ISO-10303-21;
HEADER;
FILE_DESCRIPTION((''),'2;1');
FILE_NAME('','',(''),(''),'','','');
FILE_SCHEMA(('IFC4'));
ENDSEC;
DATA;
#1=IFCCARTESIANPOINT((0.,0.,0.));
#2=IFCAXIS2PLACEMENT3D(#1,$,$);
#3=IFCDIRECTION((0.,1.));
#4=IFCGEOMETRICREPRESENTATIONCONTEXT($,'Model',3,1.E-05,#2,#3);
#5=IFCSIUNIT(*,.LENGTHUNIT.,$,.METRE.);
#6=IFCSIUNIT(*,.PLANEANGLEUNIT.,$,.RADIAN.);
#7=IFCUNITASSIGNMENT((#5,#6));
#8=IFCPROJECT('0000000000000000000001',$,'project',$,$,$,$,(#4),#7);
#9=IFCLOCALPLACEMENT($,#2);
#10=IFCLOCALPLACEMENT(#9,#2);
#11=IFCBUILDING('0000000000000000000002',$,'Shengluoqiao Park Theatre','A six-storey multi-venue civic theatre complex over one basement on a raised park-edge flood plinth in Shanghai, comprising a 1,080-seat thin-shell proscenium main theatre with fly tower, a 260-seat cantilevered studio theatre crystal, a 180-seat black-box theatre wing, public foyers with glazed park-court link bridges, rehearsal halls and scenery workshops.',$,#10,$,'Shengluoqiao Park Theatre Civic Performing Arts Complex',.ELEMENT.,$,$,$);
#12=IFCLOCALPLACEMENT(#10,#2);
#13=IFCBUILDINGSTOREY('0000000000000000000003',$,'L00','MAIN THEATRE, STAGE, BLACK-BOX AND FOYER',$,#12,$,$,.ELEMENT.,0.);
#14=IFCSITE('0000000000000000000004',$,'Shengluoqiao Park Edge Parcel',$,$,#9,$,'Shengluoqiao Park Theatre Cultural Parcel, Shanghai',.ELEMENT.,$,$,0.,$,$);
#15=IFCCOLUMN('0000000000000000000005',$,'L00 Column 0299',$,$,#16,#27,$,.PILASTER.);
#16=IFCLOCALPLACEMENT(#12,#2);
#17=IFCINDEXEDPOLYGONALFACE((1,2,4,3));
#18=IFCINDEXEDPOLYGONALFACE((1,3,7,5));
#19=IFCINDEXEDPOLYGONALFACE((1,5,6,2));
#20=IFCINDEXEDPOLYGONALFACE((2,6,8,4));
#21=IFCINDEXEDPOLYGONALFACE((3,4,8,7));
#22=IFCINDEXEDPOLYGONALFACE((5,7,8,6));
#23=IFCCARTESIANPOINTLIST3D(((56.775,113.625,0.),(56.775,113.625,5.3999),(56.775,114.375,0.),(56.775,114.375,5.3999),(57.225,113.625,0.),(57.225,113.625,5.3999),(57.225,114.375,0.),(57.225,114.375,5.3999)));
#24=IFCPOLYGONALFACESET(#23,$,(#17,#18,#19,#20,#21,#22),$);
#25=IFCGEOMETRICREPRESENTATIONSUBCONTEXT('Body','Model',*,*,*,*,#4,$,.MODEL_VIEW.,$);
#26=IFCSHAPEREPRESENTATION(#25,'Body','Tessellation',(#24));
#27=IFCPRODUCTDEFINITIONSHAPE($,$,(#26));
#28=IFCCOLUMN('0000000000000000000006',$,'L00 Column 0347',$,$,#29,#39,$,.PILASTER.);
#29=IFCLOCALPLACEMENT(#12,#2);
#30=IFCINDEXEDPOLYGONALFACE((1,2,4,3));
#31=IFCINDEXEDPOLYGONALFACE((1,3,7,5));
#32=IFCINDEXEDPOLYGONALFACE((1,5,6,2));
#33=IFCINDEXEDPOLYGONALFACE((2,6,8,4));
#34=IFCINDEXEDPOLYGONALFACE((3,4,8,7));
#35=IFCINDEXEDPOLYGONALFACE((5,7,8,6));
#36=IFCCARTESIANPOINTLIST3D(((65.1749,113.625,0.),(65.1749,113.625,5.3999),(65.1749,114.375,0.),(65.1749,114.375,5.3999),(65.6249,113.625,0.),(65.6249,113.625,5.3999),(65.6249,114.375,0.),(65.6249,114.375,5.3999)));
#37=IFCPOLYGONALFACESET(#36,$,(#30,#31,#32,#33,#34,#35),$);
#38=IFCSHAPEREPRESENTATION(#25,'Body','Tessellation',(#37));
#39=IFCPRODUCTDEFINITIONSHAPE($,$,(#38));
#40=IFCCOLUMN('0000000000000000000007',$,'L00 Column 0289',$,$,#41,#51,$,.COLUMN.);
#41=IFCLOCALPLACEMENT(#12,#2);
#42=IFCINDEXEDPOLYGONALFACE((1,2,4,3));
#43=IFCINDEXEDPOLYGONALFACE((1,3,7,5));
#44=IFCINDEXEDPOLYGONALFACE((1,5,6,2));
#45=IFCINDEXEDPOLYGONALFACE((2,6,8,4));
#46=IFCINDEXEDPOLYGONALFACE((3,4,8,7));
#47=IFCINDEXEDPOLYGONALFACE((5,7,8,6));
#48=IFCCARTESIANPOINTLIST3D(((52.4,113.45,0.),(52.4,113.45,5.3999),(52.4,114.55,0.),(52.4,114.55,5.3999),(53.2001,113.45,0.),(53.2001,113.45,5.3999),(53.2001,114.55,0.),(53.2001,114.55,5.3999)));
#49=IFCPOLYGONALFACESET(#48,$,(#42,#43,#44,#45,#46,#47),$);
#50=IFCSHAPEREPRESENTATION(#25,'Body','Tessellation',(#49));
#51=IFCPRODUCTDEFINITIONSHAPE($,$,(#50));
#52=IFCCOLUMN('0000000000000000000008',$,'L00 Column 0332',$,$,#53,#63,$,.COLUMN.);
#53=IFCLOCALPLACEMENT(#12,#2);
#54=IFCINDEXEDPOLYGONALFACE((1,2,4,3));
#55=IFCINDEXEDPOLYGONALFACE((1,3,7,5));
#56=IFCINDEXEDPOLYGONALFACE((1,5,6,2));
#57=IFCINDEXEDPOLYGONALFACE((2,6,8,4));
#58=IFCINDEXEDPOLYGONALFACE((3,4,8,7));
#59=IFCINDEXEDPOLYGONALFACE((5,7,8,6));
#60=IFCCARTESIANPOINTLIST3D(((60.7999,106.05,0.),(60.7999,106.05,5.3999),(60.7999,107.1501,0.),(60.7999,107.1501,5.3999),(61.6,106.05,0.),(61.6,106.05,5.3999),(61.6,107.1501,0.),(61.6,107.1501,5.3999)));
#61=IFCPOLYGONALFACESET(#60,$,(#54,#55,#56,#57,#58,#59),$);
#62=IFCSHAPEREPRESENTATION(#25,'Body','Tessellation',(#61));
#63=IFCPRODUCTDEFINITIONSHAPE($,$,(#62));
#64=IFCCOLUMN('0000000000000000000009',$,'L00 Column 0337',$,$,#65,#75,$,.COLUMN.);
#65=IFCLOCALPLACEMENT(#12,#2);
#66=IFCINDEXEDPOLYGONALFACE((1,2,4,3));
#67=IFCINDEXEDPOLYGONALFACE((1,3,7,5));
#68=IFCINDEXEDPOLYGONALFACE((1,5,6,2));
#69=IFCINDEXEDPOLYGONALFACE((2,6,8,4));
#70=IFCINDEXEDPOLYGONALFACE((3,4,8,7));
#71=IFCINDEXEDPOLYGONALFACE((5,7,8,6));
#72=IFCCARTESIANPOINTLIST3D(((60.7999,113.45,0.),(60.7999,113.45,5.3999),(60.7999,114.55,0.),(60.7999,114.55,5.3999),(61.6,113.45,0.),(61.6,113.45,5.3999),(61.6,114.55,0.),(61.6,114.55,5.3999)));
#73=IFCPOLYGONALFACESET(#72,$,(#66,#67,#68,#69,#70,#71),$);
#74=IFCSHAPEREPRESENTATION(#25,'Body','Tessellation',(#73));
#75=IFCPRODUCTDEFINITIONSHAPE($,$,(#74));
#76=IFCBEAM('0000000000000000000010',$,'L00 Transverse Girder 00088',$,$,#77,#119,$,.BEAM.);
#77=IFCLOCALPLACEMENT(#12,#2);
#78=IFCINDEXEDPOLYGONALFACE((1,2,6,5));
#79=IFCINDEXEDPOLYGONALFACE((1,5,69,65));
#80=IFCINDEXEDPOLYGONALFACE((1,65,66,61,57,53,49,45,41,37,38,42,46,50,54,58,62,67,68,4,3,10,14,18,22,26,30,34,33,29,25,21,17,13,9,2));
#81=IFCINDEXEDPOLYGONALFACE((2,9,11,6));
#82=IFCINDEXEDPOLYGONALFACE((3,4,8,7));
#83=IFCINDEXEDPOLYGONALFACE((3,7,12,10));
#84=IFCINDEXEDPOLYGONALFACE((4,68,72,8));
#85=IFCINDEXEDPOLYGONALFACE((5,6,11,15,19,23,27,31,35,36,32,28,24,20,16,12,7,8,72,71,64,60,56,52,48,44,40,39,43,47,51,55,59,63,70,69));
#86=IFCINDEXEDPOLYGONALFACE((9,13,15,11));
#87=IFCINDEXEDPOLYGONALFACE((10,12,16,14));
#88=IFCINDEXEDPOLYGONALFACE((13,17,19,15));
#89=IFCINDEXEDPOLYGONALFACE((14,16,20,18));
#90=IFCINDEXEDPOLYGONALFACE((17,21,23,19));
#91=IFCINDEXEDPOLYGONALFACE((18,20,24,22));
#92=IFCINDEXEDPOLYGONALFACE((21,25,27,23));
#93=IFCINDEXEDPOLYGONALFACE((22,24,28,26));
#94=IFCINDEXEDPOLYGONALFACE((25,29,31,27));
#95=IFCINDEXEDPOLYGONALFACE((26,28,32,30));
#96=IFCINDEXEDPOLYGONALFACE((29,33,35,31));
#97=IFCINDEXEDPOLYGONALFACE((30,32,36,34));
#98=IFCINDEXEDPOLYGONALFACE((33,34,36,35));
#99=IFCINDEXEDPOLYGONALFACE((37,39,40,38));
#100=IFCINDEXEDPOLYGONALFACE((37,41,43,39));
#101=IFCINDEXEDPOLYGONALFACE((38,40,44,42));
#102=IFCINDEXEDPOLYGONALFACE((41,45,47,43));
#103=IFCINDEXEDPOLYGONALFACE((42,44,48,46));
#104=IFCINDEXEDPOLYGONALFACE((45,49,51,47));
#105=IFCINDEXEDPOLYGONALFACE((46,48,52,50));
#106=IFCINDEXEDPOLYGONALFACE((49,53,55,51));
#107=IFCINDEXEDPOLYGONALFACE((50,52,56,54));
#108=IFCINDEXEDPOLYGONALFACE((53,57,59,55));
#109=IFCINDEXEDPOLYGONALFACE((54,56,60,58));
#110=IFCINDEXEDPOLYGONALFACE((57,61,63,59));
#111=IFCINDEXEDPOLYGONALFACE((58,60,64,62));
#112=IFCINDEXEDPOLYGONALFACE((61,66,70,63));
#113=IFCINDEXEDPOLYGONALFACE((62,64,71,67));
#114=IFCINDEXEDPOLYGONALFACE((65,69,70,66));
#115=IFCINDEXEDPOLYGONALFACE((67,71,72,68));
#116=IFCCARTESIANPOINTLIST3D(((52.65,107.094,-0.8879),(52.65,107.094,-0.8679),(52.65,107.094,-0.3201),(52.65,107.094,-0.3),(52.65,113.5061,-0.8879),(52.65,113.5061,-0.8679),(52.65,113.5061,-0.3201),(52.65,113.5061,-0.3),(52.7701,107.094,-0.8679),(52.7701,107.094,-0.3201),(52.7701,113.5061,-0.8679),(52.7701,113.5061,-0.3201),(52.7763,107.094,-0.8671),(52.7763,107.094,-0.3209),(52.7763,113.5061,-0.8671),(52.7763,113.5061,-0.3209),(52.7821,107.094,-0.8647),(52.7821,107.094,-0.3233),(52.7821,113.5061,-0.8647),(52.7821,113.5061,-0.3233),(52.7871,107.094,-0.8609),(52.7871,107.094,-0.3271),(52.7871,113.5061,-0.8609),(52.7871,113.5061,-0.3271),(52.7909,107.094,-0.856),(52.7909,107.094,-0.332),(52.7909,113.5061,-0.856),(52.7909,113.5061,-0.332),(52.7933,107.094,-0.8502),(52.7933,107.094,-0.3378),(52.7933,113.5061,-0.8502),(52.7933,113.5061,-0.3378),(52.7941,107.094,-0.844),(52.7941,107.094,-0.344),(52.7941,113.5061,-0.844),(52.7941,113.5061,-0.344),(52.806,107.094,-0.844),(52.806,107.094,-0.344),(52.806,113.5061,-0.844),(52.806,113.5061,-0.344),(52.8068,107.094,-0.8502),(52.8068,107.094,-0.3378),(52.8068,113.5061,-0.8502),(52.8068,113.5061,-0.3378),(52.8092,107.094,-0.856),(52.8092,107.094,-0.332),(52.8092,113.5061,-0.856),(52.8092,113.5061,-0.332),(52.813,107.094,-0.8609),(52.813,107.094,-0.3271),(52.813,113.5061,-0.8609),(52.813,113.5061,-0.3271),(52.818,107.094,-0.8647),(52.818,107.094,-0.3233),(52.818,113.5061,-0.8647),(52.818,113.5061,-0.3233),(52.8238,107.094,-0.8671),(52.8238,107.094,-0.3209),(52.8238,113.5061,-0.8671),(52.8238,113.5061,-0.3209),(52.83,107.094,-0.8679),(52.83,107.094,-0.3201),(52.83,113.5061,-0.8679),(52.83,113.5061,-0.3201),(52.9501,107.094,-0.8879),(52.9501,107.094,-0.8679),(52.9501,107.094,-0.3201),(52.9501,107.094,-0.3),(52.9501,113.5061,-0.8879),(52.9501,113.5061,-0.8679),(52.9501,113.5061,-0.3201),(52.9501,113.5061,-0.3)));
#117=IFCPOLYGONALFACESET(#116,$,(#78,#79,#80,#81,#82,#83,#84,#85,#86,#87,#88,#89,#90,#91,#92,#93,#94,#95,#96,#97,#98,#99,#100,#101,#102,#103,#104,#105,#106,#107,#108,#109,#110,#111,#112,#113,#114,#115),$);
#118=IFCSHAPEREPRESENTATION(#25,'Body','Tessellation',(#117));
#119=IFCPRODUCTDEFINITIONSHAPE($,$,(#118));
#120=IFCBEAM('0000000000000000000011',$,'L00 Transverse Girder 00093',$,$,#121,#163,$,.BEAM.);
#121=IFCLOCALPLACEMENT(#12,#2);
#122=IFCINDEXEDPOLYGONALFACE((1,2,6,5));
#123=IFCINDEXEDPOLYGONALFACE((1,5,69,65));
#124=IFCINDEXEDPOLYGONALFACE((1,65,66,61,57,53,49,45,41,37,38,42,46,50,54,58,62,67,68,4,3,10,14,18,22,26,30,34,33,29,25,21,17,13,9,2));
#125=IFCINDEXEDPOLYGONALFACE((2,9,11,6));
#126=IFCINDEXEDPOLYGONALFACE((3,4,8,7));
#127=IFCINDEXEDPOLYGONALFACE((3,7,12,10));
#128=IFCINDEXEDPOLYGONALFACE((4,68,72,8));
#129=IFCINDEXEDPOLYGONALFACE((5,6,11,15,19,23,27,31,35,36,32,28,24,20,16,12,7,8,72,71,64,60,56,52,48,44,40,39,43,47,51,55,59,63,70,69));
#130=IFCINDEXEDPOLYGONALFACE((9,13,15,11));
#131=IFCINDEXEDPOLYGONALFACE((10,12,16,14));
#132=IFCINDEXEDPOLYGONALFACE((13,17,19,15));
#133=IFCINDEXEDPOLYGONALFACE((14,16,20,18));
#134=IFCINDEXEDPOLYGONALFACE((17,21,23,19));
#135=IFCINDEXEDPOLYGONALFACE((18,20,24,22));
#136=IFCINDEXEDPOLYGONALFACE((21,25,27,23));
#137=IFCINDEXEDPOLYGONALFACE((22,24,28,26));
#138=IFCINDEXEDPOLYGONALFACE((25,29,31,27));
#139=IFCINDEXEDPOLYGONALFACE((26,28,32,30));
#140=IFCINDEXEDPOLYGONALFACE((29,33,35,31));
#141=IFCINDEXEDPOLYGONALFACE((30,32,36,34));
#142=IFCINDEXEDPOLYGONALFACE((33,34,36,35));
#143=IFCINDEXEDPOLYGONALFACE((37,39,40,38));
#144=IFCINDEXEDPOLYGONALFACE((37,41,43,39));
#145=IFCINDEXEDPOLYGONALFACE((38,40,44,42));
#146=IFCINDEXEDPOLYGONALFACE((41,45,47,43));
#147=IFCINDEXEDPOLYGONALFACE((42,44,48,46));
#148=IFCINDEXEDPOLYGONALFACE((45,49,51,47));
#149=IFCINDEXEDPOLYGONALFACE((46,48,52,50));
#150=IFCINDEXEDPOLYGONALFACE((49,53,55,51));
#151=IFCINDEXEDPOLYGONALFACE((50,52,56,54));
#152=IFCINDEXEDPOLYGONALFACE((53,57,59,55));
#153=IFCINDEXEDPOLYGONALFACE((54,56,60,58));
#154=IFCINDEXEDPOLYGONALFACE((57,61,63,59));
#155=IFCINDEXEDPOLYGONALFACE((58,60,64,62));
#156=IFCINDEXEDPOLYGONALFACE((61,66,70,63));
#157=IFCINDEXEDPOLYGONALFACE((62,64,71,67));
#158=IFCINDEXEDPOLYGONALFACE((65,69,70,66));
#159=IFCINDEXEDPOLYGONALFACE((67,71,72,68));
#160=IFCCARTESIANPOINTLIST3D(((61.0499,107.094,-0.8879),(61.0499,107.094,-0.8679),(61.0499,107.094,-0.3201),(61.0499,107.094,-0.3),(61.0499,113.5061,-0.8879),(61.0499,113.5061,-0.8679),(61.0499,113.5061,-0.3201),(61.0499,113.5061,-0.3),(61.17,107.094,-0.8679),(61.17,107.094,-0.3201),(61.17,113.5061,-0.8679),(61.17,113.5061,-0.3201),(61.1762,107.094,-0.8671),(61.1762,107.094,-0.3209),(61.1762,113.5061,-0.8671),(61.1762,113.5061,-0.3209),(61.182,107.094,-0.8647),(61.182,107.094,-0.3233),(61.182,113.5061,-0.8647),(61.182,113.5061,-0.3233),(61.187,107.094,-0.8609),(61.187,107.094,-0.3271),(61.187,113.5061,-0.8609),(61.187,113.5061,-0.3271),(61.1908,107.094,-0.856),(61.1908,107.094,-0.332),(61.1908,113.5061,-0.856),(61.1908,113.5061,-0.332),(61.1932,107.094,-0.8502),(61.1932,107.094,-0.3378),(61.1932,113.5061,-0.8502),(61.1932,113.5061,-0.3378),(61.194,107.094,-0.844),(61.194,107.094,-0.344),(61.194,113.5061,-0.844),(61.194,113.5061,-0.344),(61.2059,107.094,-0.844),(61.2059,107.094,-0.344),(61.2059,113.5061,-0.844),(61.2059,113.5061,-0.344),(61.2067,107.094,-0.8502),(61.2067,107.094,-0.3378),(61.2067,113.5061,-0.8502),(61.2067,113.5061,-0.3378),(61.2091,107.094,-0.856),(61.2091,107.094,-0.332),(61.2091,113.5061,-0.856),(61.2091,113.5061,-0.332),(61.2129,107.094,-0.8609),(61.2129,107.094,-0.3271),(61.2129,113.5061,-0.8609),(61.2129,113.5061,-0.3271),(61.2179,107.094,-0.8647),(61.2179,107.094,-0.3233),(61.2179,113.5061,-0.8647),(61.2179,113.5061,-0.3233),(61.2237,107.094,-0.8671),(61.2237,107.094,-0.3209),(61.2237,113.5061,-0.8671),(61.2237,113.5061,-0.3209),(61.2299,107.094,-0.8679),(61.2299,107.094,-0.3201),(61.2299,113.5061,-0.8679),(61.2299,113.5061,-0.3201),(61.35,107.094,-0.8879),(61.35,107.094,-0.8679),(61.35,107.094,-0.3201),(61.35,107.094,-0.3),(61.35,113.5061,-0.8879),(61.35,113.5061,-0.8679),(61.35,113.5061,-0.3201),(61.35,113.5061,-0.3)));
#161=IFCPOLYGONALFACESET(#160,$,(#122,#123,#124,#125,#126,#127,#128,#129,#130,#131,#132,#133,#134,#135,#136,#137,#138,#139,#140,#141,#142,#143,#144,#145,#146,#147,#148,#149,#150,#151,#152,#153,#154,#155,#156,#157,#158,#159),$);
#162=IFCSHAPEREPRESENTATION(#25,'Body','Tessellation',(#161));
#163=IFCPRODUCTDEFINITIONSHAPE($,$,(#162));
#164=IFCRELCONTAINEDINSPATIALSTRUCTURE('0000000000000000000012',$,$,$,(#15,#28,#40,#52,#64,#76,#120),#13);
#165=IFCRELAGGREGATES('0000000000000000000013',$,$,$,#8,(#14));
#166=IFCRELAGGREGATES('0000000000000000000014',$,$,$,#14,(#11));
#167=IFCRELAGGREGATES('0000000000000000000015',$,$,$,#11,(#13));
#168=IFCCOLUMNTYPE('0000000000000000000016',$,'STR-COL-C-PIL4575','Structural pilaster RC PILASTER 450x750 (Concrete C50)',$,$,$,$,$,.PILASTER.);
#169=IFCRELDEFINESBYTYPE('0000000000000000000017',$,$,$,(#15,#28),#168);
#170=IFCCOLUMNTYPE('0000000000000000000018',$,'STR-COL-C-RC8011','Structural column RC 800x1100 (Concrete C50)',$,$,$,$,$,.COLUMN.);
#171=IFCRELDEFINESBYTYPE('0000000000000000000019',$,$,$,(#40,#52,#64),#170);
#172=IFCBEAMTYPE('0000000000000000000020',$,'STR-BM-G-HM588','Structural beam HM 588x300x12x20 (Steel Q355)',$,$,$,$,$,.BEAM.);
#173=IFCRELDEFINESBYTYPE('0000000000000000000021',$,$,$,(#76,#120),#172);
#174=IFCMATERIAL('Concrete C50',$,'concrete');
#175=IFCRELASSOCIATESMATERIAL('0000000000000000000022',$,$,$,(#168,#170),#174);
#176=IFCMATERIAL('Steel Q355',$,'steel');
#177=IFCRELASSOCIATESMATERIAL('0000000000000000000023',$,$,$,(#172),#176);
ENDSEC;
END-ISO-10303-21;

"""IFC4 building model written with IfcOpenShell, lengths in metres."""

from ifc_helpers import new_model, si_unit, direction, frame, origin, origin_2d, place, context, subcontext, project, spatial, rectangle, i_section, extrude, material, material_profile, profile_set, type_object, element, save


model = new_model("IFC4")

# Units and contexts
model_context = context("Model", 3, precision=1e-05, world=origin(), true_north=direction((0.0, 1.0)))
body_context = subcontext(model_context, "Body", "Model", "MODEL_VIEW")
ifc_project = project(units=[si_unit("LENGTHUNIT", "METRE"), si_unit("PLANEANGLEUNIT", "RADIAN")], contexts=[model_context])

# Site, building, storey
site_placement = place(None, origin())
site = spatial("IfcSite", under=ifc_project, at=site_placement, Name="Shengluoqiao Park Edge Parcel", LongName="Shengluoqiao Park Theatre Cultural Parcel, Shanghai", CompositionType="ELEMENT", RefElevation=0.0)
building_placement = place(site_placement, origin())
building = spatial("IfcBuilding", under=site, at=building_placement, Name="Shengluoqiao Park Theatre", Description="A six-storey multi-venue civic theatre complex over one basement on a raised park-edge flood plinth in Shanghai, comprising a 1,080-seat thin-shell proscenium main theatre with fly tower, a 260-seat cantilevered studio theatre crystal, a 180-seat black-box theatre wing, public foyers with glazed park-court link bridges, rehearsal halls and scenery workshops.", LongName="Shengluoqiao Park Theatre Civic Performing Arts Complex", CompositionType="ELEMENT")
storey_placement = place(building_placement, origin())
storey = spatial("IfcBuildingStorey", under=building, at=storey_placement, Name="L00", Description="MAIN THEATRE, STAGE, BLACK-BOX AND FOYER", CompositionType="ELEMENT", Elevation=0.0)

# Columns
ifc_material_1 = material(Name="Concrete C50", Category="concrete")
ifc_material_profile_1 = material_profile(ifc_material_1, rectangle(XDim=0.45, YDim=0.75, at=origin_2d()), Name="RC PILASTER 450x750")
ifc_profile_set_1 = profile_set([ifc_material_profile_1], Name="Concrete C50")
column_type_1 = type_object("IfcColumnType", Name="STR-COL-C-PIL4575", Description="Structural pilaster RC PILASTER 450x750 (Concrete C50)", PredefinedType="PILASTER", material=ifc_profile_set_1)
for number, where, z_axis, x_axis, name in (
    (1, (57.0, 114.0, 0.0), (0.0, 0.0, 1.0), (1.0, 0.0, 0.0), "L00 Column 0299"),
    (2, (65.3999, 114.0, 0.0), (0.0, 0.0, 1.0), (1.0, 0.0, 0.0), "L00 Column 0347"),
):
    element("IfcColumn", number, at=place(storey_placement, frame(where, z_axis=z_axis, x_axis=x_axis)), inside=storey, type_object=column_type_1, Name=name, PredefinedType="PILASTER", context=body_context, shape_type="SweptSolid", body=[
        extrude(rectangle(XDim=0.45, YDim=0.75, at=origin_2d()), origin(), (0.0, 0.0, 1.0), 5.3999),
    ])
ifc_material_profile_2 = material_profile(ifc_material_1, rectangle(XDim=0.8, YDim=1.1001, at=origin_2d()), Name="RC 800x1100")
ifc_profile_set_2 = profile_set([ifc_material_profile_2], Name="Concrete C50")
column_type_2 = type_object("IfcColumnType", Name="STR-COL-C-RC8011", Description="Structural column RC 800x1100 (Concrete C50)", PredefinedType="COLUMN", material=ifc_profile_set_2)
for number, where, z_axis, x_axis, name in (
    (3, (52.8, 114.0, 0.0), (0.0, 0.0, 1.0), (1.0, 0.0, 0.0), "L00 Column 0289"),
    (4, (61.2, 106.6001, 0.0), (0.0, 0.0, 1.0), (1.0, 0.0, 0.0), "L00 Column 0332"),
    (5, (61.2, 114.0, 0.0), (0.0, 0.0, 1.0), (1.0, 0.0, 0.0), "L00 Column 0337"),
):
    element("IfcColumn", number, at=place(storey_placement, frame(where, z_axis=z_axis, x_axis=x_axis)), inside=storey, type_object=column_type_2, Name=name, PredefinedType="COLUMN", context=body_context, shape_type="SweptSolid", body=[
        extrude(rectangle(XDim=0.8, YDim=1.1001, at=origin_2d()), origin(), (0.0, 0.0, 1.0), 5.3999),
    ])

# Beams
ifc_material_2 = material(Name="Steel Q355", Category="steel")
ifc_material_profile_3 = material_profile(ifc_material_2, i_section(OverallWidth=0.3, OverallDepth=0.5879, WebThickness=0.012, FlangeThickness=0.02, FilletRadius=0.0239, at=origin_2d()), Name="HM 588x300x12x20")
ifc_profile_set_3 = profile_set([ifc_material_profile_3], Name="Steel Q355")
beam_type_1 = type_object("IfcBeamType", Name="STR-BM-G-HM588", Description="Structural beam HM 588x300x12x20 (Steel Q355)", PredefinedType="BEAM", material=ifc_profile_set_3)
for number, where, z_axis, x_axis, name in (
    (6, (52.8, 107.094, -0.594), (0.0, 1.0, 0.0), (-1.0, 0.0, 0.0), "L00 Transverse Girder 00088"),
    (7, (61.2, 107.094, -0.594), (0.0, 1.0, 0.0), (-1.0, 0.0, 0.0), "L00 Transverse Girder 00093"),
):
    element("IfcBeam", number, at=place(storey_placement, frame(where, z_axis=z_axis, x_axis=x_axis)), inside=storey, type_object=beam_type_1, Name=name, PredefinedType="BEAM", context=body_context, shape_type="SweptSolid", body=[
        extrude(i_section(OverallWidth=0.3, OverallDepth=0.5879, WebThickness=0.012, FlangeThickness=0.02, FilletRadius=0.0239, at=origin_2d()), origin(), (0.0, 0.0, 1.0), 6.4121),
    ])

save(model, "model.ifc")
